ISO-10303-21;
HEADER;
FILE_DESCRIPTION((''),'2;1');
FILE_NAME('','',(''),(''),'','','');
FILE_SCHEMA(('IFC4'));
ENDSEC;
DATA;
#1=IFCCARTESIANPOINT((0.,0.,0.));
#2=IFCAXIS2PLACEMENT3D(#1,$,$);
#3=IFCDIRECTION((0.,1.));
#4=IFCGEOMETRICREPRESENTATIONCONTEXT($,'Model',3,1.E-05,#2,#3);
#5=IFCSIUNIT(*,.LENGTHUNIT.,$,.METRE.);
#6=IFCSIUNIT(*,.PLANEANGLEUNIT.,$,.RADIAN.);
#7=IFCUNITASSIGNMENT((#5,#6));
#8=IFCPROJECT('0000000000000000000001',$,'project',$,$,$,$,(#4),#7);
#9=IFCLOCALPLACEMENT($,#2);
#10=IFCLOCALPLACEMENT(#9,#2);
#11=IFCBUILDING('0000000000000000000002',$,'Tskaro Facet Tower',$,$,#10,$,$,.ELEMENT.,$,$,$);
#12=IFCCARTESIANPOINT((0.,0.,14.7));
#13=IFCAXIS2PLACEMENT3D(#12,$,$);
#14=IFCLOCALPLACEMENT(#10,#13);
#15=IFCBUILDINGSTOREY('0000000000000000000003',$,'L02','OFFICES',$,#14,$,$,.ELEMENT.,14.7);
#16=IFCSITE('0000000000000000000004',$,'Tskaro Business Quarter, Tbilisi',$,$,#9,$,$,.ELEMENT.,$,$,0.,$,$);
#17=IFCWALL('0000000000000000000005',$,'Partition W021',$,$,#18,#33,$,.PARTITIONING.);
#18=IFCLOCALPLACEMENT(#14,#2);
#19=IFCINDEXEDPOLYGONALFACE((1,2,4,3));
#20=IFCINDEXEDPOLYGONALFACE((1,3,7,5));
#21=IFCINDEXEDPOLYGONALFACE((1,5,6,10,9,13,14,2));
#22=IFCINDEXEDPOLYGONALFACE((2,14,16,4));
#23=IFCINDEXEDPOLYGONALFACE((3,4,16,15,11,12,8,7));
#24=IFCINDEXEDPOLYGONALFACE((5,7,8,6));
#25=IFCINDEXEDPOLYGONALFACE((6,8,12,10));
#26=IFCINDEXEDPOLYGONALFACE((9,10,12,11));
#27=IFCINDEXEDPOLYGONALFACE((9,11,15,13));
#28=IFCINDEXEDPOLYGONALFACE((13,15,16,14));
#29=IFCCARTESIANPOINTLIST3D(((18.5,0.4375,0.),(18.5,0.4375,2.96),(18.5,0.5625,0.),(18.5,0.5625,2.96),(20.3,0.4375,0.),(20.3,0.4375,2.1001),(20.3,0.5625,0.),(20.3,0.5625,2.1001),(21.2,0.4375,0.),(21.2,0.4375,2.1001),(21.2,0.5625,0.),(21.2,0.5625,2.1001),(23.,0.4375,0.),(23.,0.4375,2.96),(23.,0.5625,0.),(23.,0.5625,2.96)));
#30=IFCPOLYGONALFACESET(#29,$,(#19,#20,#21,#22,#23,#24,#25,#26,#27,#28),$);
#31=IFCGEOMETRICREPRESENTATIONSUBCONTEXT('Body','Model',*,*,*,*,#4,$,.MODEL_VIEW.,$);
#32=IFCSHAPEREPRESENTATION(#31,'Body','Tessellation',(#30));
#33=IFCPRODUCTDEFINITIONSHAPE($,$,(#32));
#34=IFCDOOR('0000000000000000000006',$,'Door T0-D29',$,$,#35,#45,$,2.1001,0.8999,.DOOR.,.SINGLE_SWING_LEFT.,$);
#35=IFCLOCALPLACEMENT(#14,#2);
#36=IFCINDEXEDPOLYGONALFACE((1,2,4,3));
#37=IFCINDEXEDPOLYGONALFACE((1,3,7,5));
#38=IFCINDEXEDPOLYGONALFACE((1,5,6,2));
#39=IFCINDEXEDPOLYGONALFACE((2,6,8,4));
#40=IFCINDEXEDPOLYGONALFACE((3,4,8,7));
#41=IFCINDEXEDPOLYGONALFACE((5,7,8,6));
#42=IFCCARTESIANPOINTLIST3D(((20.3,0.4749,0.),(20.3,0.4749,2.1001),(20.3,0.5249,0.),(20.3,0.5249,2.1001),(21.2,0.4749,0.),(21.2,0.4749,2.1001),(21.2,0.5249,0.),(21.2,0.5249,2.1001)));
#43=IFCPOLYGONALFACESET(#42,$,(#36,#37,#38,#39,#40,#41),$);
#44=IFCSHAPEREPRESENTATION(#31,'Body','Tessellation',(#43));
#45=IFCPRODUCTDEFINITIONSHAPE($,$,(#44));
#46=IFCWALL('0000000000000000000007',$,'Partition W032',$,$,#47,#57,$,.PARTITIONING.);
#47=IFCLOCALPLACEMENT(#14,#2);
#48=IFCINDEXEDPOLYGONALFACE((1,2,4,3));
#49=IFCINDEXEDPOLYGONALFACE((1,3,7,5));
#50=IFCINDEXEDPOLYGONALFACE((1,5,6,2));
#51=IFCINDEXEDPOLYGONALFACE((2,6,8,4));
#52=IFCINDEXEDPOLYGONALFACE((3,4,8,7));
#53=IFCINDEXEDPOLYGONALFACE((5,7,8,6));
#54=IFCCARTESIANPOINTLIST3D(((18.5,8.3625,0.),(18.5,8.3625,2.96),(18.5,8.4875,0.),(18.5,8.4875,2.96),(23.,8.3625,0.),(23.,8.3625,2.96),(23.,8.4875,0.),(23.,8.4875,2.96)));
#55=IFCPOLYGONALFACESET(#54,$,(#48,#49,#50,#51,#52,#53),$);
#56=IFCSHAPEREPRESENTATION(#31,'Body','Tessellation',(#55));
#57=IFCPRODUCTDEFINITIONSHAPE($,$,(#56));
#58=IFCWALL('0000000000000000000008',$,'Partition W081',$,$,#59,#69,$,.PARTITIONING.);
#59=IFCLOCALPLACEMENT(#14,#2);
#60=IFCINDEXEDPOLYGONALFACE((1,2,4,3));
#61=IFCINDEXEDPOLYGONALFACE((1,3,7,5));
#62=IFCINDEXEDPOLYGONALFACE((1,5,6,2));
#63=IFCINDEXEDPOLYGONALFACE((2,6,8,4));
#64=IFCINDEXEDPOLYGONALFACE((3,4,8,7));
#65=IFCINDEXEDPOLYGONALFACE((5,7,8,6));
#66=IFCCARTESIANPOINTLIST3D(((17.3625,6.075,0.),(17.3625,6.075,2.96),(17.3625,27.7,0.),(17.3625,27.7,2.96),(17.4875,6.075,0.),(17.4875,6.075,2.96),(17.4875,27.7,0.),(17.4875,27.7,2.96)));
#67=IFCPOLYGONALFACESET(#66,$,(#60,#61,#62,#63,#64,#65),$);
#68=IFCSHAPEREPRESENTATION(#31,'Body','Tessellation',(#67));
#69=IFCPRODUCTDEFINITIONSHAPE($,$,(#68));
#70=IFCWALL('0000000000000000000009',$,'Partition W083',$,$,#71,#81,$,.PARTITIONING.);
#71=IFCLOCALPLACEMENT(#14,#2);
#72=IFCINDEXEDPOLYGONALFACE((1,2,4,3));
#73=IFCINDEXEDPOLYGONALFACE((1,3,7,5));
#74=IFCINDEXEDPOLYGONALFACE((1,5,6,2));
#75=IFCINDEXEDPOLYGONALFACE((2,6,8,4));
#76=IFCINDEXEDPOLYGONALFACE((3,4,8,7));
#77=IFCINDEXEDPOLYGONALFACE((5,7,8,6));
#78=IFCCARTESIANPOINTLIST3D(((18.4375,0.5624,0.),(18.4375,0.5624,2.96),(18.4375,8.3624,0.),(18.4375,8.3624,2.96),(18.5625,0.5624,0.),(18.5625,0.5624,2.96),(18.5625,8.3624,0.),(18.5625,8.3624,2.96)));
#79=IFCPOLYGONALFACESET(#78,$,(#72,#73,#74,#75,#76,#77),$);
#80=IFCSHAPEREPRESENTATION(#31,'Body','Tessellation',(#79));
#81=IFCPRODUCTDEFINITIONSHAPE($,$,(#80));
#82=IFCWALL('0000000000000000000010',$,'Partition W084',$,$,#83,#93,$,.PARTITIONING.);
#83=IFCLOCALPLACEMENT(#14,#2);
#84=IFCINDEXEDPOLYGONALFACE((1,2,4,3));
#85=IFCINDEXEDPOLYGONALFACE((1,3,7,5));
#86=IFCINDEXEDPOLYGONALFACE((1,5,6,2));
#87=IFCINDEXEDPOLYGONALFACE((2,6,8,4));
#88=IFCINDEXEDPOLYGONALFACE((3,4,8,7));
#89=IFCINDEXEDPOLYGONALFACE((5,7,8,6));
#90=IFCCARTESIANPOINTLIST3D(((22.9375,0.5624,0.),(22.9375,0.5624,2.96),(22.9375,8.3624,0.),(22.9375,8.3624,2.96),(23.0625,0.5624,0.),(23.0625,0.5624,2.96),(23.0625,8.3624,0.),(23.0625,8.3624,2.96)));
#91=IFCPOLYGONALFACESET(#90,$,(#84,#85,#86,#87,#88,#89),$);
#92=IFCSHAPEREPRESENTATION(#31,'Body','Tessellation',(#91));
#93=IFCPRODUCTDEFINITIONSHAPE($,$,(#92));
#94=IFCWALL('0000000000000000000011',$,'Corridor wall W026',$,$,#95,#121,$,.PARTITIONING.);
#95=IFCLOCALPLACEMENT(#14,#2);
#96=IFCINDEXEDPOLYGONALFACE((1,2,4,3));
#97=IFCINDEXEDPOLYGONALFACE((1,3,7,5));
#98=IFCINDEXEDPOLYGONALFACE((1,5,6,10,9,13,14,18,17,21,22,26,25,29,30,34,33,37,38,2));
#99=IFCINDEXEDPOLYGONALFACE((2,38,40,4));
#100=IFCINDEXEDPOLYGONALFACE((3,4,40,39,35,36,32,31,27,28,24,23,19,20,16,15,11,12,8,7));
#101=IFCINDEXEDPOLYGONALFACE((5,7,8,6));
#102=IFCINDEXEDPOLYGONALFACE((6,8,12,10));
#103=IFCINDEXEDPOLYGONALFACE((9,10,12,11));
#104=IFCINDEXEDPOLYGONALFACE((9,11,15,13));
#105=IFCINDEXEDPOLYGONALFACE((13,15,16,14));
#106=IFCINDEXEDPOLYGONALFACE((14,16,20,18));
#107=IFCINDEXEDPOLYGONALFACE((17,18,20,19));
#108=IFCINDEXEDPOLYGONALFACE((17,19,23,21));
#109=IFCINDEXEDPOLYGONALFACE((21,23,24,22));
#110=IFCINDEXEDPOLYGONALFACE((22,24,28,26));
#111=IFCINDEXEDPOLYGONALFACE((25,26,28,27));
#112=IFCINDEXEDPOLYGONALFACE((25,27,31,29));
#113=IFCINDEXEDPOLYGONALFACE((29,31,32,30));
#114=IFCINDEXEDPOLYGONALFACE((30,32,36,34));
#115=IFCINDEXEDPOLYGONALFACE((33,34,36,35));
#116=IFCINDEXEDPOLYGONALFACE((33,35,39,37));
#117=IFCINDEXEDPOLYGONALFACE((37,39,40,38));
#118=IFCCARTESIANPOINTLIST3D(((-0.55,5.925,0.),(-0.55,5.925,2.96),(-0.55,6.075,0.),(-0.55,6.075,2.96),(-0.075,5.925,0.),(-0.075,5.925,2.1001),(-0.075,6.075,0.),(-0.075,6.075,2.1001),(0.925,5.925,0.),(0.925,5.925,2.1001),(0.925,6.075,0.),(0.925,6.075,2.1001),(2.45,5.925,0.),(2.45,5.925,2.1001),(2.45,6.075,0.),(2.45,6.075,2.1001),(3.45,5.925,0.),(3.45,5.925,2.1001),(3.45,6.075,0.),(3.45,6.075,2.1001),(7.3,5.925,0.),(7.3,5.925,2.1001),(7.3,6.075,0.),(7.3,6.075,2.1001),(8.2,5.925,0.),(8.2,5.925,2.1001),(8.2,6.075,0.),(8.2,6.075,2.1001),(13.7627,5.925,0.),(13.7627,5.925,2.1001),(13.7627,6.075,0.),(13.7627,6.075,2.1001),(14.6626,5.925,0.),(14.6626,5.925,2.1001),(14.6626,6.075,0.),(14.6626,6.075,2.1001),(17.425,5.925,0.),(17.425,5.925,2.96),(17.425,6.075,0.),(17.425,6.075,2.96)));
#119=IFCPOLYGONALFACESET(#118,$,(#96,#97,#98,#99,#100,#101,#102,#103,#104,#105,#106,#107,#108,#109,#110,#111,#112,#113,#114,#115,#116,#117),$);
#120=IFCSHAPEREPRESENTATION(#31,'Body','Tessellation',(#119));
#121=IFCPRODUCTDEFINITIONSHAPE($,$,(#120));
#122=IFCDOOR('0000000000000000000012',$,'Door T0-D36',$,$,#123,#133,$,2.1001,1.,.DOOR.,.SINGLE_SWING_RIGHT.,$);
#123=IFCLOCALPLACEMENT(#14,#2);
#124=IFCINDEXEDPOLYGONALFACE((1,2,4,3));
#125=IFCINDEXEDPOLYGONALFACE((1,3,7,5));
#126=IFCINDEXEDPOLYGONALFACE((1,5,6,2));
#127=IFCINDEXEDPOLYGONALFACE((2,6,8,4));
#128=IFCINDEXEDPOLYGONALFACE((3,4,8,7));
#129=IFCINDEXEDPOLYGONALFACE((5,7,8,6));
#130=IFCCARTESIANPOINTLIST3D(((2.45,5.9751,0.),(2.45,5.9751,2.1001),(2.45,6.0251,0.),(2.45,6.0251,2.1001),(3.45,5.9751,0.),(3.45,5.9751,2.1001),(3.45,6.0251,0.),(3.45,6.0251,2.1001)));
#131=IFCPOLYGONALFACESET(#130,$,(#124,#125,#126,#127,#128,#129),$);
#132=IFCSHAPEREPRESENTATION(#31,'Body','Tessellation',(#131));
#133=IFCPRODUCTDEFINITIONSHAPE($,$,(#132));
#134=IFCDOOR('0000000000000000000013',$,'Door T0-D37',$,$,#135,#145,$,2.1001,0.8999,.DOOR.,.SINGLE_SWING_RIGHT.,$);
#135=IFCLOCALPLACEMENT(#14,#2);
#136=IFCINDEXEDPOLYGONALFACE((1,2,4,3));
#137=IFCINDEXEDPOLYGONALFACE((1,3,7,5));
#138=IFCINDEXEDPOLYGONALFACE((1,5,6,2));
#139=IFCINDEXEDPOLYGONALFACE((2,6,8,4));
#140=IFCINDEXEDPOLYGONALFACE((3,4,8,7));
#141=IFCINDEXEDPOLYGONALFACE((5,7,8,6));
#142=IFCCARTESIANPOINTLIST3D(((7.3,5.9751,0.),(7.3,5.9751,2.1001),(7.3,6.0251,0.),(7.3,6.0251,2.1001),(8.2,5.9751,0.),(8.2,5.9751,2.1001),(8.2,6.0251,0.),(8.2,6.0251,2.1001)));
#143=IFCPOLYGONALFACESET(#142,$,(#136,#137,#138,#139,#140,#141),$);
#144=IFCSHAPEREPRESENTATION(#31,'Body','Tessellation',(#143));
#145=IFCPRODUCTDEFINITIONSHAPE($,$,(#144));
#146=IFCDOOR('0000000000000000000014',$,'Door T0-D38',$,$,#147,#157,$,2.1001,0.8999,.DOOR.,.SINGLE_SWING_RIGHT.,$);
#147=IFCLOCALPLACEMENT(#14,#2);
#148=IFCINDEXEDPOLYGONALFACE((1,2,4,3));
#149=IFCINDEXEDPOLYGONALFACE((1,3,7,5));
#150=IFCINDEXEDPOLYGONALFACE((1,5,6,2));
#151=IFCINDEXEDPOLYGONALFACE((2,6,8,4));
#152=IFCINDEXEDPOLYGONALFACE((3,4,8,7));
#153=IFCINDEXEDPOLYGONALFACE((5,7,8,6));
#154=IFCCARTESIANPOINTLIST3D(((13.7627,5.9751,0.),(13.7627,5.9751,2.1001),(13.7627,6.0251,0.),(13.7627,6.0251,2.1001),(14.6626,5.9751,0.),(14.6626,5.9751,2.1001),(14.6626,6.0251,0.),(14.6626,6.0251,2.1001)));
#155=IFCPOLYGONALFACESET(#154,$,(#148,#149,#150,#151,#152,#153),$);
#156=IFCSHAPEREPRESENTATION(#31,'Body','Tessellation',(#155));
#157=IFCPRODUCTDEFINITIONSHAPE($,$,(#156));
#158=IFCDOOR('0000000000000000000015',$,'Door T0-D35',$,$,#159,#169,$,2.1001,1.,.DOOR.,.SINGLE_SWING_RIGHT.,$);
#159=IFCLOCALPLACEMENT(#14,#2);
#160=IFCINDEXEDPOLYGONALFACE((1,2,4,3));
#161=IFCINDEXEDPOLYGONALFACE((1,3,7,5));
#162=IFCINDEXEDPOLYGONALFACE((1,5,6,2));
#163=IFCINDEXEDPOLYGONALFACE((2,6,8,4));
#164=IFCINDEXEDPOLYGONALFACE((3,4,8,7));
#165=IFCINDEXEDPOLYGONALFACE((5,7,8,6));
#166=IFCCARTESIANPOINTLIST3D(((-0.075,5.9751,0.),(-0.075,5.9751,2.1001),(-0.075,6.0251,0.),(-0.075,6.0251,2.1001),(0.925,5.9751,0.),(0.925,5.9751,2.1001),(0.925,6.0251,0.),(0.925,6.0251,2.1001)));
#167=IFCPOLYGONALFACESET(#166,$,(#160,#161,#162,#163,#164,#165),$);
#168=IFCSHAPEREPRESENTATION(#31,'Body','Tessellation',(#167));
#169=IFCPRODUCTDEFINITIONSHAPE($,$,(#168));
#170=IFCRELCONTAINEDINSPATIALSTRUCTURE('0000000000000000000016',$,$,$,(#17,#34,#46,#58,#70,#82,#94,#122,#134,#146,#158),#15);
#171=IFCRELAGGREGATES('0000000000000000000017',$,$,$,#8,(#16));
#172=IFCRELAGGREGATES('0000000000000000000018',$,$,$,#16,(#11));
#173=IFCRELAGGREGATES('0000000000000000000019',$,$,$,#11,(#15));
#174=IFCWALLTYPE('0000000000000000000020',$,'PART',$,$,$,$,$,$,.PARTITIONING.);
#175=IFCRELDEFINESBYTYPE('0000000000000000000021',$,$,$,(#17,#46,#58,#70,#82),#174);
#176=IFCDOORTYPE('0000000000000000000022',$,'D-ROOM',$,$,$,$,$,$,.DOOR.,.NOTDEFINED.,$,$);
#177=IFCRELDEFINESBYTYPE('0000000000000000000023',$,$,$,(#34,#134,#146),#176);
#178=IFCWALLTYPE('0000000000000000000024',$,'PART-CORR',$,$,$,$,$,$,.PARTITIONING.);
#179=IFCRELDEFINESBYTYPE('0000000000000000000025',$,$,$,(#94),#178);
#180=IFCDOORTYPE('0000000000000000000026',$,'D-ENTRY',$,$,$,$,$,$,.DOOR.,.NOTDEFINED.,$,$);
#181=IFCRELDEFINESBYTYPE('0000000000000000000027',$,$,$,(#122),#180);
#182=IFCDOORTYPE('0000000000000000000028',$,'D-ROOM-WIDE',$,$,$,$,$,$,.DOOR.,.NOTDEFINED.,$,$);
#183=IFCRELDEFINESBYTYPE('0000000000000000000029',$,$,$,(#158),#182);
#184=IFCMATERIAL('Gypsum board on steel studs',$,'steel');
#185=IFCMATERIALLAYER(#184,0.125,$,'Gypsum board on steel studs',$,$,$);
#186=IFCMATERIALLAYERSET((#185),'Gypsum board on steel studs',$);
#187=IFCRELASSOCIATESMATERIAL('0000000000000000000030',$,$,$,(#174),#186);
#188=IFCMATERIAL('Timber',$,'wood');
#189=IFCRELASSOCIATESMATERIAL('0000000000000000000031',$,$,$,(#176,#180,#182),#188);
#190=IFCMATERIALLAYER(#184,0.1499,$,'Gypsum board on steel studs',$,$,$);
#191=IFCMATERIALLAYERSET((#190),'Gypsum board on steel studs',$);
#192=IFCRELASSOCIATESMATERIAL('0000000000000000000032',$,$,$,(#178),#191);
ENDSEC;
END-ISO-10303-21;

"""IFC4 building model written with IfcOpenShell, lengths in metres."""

from ifc_helpers import new_model, si_unit, direction, frame, frame_2d, origin, place, context, subcontext, project, spatial, rectangle, extrude, material, layer, layer_set, type_object, element, fill, save


model = new_model("IFC4")

# Units and contexts
model_context = context("Model", 3, precision=1e-05, world=origin(), true_north=direction((0.0, 1.0)))
body_context = subcontext(model_context, "Body", "Model", "MODEL_VIEW")
ifc_project = project(units=[si_unit("LENGTHUNIT", "METRE"), si_unit("PLANEANGLEUNIT", "RADIAN")], contexts=[model_context])

# Site, building, storey
site_placement = place(None, origin())
site = spatial("IfcSite", under=ifc_project, at=site_placement, Name="Tskaro Business Quarter, Tbilisi", CompositionType="ELEMENT", RefElevation=0.0)
building_placement = place(site_placement, origin())
building = spatial("IfcBuilding", under=site, at=building_placement, Name="Tskaro Facet Tower", CompositionType="ELEMENT")
storey_placement = place(building_placement, frame((0.0, 0.0, 14.7)))
storey = spatial("IfcBuildingStorey", under=building, at=storey_placement, Name="L02", Description="OFFICES", CompositionType="ELEMENT", Elevation=14.7)

# Shared definitions
ifc_material_1 = material(Name="Gypsum board on steel studs", Category="steel")
ifc_layer_1 = layer(ifc_material_1, 0.125, Name="Gypsum board on steel studs")
ifc_layer_set_1 = layer_set([ifc_layer_1], Name="Gypsum board on steel studs")
wall_type_1 = type_object("IfcWallType", Name="PART", PredefinedType="PARTITIONING", material=ifc_layer_set_1)

# Wall, opening, door
wall_1_placement = place(storey_placement, frame((18.5, 0.5, 0.0), z_axis=(0.0, 0.0, 1.0), x_axis=(1.0, 0.0, 0.0)))
wall_1 = element("IfcWall", 1, at=wall_1_placement, inside=storey, type_object=wall_type_1, Name="Partition W021", PredefinedType="PARTITIONING", context=body_context, shape_type="SweptSolid", body=[
    extrude(rectangle(XDim=4.5, YDim=0.125, at=frame_2d((2.25, 0.0))), origin(), (0.0, 0.0, 1.0), 2.96),
])
opening_1_placement = place(wall_1_placement, frame((1.8, 0.0, 0.0)))
opening_1 = element("IfcOpeningElement", 2, at=opening_1_placement, cuts=wall_1, PredefinedType="OPENING", context=body_context, shape_type="SweptSolid", body=[
    extrude(rectangle(XDim=0.8999, YDim=2.1001, at=frame_2d((0.45, 1.05))), frame((0.0, 0.0725, 0.0), z_axis=(0.0, -1.0, 0.0), x_axis=(1.0, 0.0, 0.0)), (0.0, 0.0, 1.0), 0.145),
])
ifc_material_2 = material(Name="Timber", Category="wood")
door_type_1 = type_object("IfcDoorType", Name="D-ROOM", OperationType="NOTDEFINED", PredefinedType="DOOR", material=ifc_material_2)
door_1_placement = place(opening_1_placement, origin())
door_1 = element("IfcDoor", 3, at=door_1_placement, inside=storey, type_object=door_type_1, Name="Door T0-D29", OperationType="SINGLE_SWING_LEFT", OverallHeight=2.1001, OverallWidth=0.8999, PredefinedType="DOOR", context=body_context, shape_type="SweptSolid", body=[
    extrude(rectangle(XDim=0.8999, YDim=2.1001, at=frame_2d((0.45, 1.05))), frame((0.0, 0.0249, 0.0), z_axis=(0.0, -1.0, 0.0), x_axis=(1.0, 0.0, 0.0)), (0.0, 0.0, 1.0), 0.05),
])
fill(opening_1, door_1)

# Walls
wall_2_placement = place(storey_placement, frame((18.5, 8.425, 0.0), z_axis=(0.0, 0.0, 1.0), x_axis=(1.0, 0.0, 0.0)))
element("IfcWall", 4, at=wall_2_placement, inside=storey, type_object=wall_type_1, Name="Partition W032", PredefinedType="PARTITIONING", context=body_context, shape_type="SweptSolid", body=[
    extrude(rectangle(XDim=4.5, YDim=0.125, at=frame_2d((2.25, 0.0))), origin(), (0.0, 0.0, 1.0), 2.96),
])
wall_3_placement = place(storey_placement, frame((17.425, 6.075, 0.0), z_axis=(0.0, 0.0, 1.0), x_axis=(0.0, 1.0, 0.0)))
element("IfcWall", 5, at=wall_3_placement, inside=storey, type_object=wall_type_1, Name="Partition W081", PredefinedType="PARTITIONING", context=body_context, shape_type="SweptSolid", body=[
    extrude(rectangle(XDim=21.625, YDim=0.125, at=frame_2d((10.8125, 0.0))), origin(), (0.0, 0.0, 1.0), 2.96),
])
for number, where, z_axis, x_axis, name in (
    (6, (18.5, 0.5625, 0.0), (0.0, 0.0, 1.0), (0.0, 1.0, 0.0), "Partition W083"),
    (7, (23.0, 0.5625, 0.0), (0.0, 0.0, 1.0), (0.0, 1.0, 0.0), "Partition W084"),
):
    element("IfcWall", number, at=place(storey_placement, frame(where, z_axis=z_axis, x_axis=x_axis)), inside=storey, type_object=wall_type_1, Name=name, PredefinedType="PARTITIONING", context=body_context, shape_type="SweptSolid", body=[
        extrude(rectangle(XDim=7.8, YDim=0.125, at=frame_2d((3.8999, 0.0))), origin(), (0.0, 0.0, 1.0), 2.96),
    ])

# Wall, openings, doors
ifc_layer_2 = layer(ifc_material_1, 0.1499, Name="Gypsum board on steel studs")
ifc_layer_set_2 = layer_set([ifc_layer_2], Name="Gypsum board on steel studs")
wall_type_2 = type_object("IfcWallType", Name="PART-CORR", PredefinedType="PARTITIONING", material=ifc_layer_set_2)
wall_4_placement = place(storey_placement, frame((17.425, 6.0, 0.0), z_axis=(0.0, 0.0, 1.0), x_axis=(-1.0, 0.0, 0.0)))
wall_4 = element("IfcWall", 8, at=wall_4_placement, inside=storey, type_object=wall_type_2, Name="Corridor wall W026", PredefinedType="PARTITIONING", context=body_context, shape_type="SweptSolid", body=[
    extrude(rectangle(XDim=17.9751, YDim=0.1499, at=frame_2d((8.9875, 0.0))), origin(), (0.0, 0.0, 1.0), 2.96),
])
opening_2_placement = place(wall_4_placement, frame((13.9751, 0.0, 0.0)))
opening_2 = element("IfcOpeningElement", 9, at=opening_2_placement, cuts=wall_4, PredefinedType="OPENING", context=body_context, shape_type="SweptSolid", body=[
    extrude(rectangle(XDim=1.0, YDim=2.1001, at=frame_2d((0.5, 1.05))), frame((0.0, 0.085, 0.0), z_axis=(0.0, -1.0, 0.0), x_axis=(1.0, 0.0, 0.0)), (0.0, 0.0, 1.0), 0.1699),
])
opening_3_placement = place(wall_4_placement, frame((16.5, 0.0, 0.0)))
opening_3 = element("IfcOpeningElement", 10, at=opening_3_placement, cuts=wall_4, PredefinedType="OPENING", context=body_context, shape_type="SweptSolid", body=[
    extrude(rectangle(XDim=1.0, YDim=2.1001, at=frame_2d((0.5, 1.05))), frame((0.0, 0.085, 0.0), z_axis=(0.0, -1.0, 0.0), x_axis=(1.0, 0.0, 0.0)), (0.0, 0.0, 1.0), 0.1699),
])
opening_4_placement = place(wall_4_placement, frame((9.2251, 0.0, 0.0)))
opening_4 = element("IfcOpeningElement", 11, at=opening_4_placement, cuts=wall_4, PredefinedType="OPENING", context=body_context, shape_type="SweptSolid", body=[
    extrude(rectangle(XDim=0.8999, YDim=2.1001, at=frame_2d((0.45, 1.05))), frame((0.0, 0.085, 0.0), z_axis=(0.0, -1.0, 0.0), x_axis=(1.0, 0.0, 0.0)), (0.0, 0.0, 1.0), 0.1699),
])
opening_5_placement = place(wall_4_placement, frame((2.7625, 0.0, 0.0)))
opening_5 = element("IfcOpeningElement", 12, at=opening_5_placement, cuts=wall_4, PredefinedType="OPENING", context=body_context, shape_type="SweptSolid", body=[
    extrude(rectangle(XDim=0.8999, YDim=2.1001, at=frame_2d((0.45, 1.05))), frame((0.0, 0.085, 0.0), z_axis=(0.0, -1.0, 0.0), x_axis=(1.0, 0.0, 0.0)), (0.0, 0.0, 1.0), 0.1699),
])
door_type_2 = type_object("IfcDoorType", Name="D-ENTRY", OperationType="NOTDEFINED", PredefinedType="DOOR", material=ifc_material_2)
door_2_placement = place(opening_2_placement, origin())
door_2 = element("IfcDoor", 13, at=door_2_placement, inside=storey, type_object=door_type_2, Name="Door T0-D36", OperationType="SINGLE_SWING_RIGHT", OverallHeight=2.1001, OverallWidth=1.0, PredefinedType="DOOR", context=body_context, shape_type="SweptSolid", body=[
    extrude(rectangle(XDim=1.0, YDim=2.1001, at=frame_2d((0.5, 1.05))), frame((0.0, 0.0249, 0.0), z_axis=(0.0, -1.0, 0.0), x_axis=(1.0, 0.0, 0.0)), (0.0, 0.0, 1.0), 0.05),
])
fill(opening_2, door_2)
door_3_placement = place(opening_4_placement, origin())
door_3 = element("IfcDoor", 14, at=door_3_placement, inside=storey, type_object=door_type_1, Name="Door T0-D37", OperationType="SINGLE_SWING_RIGHT", OverallHeight=2.1001, OverallWidth=0.8999, PredefinedType="DOOR", context=body_context, shape_type="SweptSolid", body=[
    extrude(rectangle(XDim=0.8999, YDim=2.1001, at=frame_2d((0.45, 1.05))), frame((0.0, 0.0249, 0.0), z_axis=(0.0, -1.0, 0.0), x_axis=(1.0, 0.0, 0.0)), (0.0, 0.0, 1.0), 0.05),
])
fill(opening_4, door_3)
door_4_placement = place(opening_5_placement, origin())
door_4 = element("IfcDoor", 15, at=door_4_placement, inside=storey, type_object=door_type_1, Name="Door T0-D38", OperationType="SINGLE_SWING_RIGHT", OverallHeight=2.1001, OverallWidth=0.8999, PredefinedType="DOOR", context=body_context, shape_type="SweptSolid", body=[
    extrude(rectangle(XDim=0.8999, YDim=2.1001, at=frame_2d((0.45, 1.05))), frame((0.0, 0.0249, 0.0), z_axis=(0.0, -1.0, 0.0), x_axis=(1.0, 0.0, 0.0)), (0.0, 0.0, 1.0), 0.05),
])
fill(opening_5, door_4)
door_type_3 = type_object("IfcDoorType", Name="D-ROOM-WIDE", OperationType="NOTDEFINED", PredefinedType="DOOR", material=ifc_material_2)
door_5_placement = place(opening_3_placement, origin())
door_5 = element("IfcDoor", 16, at=door_5_placement, inside=storey, type_object=door_type_3, Name="Door T0-D35", OperationType="SINGLE_SWING_RIGHT", OverallHeight=2.1001, OverallWidth=1.0, PredefinedType="DOOR", context=body_context, shape_type="SweptSolid", body=[
    extrude(rectangle(XDim=1.0, YDim=2.1001, at=frame_2d((0.5, 1.05))), frame((0.0, 0.0249, 0.0), z_axis=(0.0, -1.0, 0.0), x_axis=(1.0, 0.0, 0.0)), (0.0, 0.0, 1.0), 0.05),
])
fill(opening_3, door_5)

save(model, "model.ifc")
